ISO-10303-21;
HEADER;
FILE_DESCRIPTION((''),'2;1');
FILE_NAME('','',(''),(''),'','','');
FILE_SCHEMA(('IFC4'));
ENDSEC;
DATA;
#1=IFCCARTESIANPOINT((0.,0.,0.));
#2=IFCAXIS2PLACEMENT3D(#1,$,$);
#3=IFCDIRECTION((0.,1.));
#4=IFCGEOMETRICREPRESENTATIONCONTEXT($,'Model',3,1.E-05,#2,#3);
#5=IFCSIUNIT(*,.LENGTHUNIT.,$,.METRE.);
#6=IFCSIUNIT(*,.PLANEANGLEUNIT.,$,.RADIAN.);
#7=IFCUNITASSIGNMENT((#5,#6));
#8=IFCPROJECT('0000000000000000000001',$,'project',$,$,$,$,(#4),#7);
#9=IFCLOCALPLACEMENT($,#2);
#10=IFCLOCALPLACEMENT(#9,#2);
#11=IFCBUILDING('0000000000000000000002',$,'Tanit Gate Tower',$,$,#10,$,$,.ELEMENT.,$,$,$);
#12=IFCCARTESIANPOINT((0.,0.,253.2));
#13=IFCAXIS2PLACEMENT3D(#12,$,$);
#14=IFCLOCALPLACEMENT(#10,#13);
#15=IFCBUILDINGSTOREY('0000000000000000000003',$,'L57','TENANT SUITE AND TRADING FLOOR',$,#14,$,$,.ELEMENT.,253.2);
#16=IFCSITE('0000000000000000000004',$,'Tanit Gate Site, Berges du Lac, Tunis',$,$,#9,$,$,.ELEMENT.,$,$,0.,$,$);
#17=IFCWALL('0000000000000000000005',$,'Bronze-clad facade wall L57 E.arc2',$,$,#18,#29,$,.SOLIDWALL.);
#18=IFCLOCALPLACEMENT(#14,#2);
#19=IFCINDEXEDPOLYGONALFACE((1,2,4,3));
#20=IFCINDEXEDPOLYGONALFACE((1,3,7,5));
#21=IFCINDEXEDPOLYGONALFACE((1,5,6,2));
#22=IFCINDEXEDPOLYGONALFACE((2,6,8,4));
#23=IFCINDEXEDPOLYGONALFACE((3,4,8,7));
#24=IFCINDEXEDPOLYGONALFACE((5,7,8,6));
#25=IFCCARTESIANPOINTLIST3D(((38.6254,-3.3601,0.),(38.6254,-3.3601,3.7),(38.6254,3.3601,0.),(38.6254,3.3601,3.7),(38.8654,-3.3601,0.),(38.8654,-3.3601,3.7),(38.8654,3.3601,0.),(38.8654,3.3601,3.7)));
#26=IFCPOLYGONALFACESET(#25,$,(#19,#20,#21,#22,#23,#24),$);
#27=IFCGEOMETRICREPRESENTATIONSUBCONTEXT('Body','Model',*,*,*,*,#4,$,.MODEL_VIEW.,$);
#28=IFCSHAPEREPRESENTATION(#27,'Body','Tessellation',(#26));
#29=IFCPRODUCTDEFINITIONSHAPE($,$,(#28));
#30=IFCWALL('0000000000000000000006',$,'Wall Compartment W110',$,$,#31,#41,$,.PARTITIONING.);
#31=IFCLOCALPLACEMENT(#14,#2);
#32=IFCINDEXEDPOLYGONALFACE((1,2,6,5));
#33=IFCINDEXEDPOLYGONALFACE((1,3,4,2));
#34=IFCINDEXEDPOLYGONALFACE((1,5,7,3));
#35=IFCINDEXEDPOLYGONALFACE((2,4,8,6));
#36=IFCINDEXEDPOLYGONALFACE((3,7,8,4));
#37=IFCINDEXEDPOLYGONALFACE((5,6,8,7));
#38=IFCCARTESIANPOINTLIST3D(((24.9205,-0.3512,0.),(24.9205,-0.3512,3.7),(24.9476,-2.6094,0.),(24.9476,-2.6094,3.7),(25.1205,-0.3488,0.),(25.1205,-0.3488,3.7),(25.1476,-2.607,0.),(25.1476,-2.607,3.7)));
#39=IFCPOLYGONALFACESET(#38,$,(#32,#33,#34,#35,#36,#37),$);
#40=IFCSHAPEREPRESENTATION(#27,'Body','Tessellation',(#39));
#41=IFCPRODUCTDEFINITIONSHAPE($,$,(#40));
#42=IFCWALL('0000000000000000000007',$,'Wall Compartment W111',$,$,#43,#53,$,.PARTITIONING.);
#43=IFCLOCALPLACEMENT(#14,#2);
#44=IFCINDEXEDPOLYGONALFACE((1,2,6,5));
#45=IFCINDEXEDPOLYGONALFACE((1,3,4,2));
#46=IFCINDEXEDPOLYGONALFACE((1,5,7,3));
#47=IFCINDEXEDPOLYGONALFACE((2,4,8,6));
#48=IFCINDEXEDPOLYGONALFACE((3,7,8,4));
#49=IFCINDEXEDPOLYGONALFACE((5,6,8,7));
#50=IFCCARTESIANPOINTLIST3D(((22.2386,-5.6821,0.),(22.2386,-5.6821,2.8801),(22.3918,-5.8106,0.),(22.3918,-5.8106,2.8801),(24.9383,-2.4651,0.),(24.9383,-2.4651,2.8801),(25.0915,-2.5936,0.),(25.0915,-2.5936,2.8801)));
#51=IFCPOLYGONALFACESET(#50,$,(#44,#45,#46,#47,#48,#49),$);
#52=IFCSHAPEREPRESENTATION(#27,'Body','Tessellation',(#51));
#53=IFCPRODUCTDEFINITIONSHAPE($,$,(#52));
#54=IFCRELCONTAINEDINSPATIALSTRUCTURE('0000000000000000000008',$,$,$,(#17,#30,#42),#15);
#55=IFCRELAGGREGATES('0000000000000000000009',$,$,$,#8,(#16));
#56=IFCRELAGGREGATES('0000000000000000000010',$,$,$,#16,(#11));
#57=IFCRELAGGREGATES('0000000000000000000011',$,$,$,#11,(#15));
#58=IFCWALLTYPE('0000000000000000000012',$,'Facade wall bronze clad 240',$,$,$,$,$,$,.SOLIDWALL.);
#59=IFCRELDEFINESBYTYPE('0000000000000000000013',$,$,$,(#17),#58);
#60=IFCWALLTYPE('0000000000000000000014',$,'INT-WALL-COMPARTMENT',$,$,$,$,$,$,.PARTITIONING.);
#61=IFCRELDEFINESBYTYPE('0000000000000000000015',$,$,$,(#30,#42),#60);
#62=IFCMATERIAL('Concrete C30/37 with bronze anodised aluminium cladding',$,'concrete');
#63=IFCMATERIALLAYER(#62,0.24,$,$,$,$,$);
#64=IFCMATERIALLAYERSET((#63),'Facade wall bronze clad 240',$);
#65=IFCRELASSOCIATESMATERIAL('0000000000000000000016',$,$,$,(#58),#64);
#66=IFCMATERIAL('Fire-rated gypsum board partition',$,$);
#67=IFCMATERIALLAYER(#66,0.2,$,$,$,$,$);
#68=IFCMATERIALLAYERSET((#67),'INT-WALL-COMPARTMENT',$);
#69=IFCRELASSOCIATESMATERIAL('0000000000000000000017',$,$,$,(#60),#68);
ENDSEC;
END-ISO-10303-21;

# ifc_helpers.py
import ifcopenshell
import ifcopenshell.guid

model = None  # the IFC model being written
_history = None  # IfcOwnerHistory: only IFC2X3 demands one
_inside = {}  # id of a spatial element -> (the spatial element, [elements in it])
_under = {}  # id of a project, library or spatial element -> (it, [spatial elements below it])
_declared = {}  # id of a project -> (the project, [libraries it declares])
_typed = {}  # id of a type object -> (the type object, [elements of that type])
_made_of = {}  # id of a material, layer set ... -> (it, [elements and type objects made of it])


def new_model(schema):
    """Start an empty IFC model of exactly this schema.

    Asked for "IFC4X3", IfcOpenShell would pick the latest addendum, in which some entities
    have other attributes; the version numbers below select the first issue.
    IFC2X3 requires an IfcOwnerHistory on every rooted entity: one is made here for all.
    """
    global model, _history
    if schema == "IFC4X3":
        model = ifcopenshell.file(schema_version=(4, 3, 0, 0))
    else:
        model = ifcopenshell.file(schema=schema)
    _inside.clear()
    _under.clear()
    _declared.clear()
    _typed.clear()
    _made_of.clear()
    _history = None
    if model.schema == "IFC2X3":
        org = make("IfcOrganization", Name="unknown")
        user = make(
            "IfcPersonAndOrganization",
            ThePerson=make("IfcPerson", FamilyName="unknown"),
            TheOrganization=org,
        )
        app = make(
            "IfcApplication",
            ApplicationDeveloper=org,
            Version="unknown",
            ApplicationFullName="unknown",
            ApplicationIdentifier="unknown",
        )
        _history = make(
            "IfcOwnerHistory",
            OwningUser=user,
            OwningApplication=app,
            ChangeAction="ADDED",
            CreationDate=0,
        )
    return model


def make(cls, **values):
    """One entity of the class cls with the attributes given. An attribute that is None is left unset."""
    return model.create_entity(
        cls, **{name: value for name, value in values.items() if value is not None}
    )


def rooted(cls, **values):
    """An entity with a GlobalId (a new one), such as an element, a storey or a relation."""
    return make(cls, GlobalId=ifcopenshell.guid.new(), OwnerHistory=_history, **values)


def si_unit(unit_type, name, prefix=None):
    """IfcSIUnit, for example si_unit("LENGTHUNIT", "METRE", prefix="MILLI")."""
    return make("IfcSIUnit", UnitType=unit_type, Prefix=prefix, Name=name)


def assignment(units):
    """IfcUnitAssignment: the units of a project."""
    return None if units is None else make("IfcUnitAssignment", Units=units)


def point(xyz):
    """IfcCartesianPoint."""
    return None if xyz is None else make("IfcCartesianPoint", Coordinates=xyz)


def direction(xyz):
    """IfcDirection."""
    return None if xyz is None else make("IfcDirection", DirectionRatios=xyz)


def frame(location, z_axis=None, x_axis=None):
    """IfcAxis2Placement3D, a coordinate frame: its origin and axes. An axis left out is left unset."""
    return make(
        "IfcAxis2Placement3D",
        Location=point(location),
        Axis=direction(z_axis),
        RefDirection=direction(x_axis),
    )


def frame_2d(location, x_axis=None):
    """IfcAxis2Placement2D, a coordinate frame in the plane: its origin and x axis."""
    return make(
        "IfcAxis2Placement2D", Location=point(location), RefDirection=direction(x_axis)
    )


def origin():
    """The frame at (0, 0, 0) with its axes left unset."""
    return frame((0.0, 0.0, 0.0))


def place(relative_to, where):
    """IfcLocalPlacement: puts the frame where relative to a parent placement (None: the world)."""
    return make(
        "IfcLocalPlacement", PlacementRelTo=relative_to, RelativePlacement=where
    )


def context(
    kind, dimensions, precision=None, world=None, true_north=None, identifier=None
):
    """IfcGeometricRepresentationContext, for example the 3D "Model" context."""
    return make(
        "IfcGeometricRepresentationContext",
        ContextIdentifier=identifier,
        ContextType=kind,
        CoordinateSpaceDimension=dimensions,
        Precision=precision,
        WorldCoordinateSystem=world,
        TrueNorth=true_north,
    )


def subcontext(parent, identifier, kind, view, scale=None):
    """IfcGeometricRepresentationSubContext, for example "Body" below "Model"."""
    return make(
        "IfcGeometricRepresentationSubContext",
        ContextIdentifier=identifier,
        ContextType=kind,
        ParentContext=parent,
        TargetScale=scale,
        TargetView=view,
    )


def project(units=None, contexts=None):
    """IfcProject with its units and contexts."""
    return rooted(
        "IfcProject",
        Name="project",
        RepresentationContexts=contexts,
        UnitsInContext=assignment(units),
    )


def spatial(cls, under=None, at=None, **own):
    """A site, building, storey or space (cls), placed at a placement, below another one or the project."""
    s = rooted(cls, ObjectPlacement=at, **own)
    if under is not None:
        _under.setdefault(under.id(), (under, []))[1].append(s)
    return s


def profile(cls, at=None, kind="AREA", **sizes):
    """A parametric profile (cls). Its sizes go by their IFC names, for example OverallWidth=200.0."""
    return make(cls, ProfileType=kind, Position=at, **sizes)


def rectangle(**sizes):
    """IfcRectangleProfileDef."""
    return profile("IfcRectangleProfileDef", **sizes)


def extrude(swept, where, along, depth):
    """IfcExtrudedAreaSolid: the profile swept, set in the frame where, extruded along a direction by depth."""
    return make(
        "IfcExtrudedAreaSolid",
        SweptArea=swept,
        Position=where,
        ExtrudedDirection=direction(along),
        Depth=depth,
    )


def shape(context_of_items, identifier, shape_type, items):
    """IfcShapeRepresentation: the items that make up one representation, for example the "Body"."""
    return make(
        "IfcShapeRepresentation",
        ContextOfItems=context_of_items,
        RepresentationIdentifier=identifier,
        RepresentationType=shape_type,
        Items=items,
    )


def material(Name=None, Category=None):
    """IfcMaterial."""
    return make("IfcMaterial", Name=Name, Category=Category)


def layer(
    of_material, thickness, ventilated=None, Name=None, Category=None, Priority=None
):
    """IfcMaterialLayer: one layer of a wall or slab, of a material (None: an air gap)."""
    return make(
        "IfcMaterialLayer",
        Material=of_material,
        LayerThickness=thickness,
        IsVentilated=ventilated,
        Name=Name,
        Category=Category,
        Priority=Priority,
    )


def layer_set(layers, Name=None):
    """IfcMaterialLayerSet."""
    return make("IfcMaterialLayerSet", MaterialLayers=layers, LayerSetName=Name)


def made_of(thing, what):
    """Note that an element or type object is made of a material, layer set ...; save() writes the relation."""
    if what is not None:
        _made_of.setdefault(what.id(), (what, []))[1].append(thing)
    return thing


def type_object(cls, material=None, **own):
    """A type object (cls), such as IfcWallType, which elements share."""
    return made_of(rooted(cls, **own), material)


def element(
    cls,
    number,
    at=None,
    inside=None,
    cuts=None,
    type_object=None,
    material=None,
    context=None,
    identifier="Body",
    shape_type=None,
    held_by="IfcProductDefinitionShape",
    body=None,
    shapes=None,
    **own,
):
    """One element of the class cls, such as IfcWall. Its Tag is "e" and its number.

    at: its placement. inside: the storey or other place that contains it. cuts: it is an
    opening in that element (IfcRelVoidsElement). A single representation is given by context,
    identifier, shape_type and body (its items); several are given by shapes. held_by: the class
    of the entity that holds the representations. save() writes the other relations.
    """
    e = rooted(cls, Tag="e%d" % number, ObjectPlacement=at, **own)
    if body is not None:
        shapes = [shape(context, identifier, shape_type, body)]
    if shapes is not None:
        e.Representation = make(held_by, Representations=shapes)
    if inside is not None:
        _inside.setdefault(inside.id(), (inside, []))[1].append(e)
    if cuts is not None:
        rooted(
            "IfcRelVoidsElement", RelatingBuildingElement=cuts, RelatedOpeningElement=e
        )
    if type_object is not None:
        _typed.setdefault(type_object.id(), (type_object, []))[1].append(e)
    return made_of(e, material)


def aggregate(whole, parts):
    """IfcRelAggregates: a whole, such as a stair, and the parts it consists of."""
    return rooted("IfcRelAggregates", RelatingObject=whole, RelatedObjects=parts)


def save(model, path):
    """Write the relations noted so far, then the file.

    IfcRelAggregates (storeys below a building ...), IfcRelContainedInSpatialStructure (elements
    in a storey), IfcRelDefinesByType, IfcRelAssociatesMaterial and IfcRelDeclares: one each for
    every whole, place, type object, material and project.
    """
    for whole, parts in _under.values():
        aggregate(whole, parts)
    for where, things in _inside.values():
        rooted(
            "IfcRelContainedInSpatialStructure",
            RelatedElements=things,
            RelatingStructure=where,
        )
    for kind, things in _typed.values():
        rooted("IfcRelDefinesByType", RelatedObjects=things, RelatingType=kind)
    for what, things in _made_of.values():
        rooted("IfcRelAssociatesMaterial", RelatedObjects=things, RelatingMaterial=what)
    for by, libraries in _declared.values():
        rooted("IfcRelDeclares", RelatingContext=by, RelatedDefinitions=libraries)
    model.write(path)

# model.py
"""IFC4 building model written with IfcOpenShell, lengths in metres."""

from ifc_helpers import new_model, si_unit, direction, frame, frame_2d, origin, place, context, subcontext, project, spatial, rectangle, extrude, material, layer, layer_set, type_object, element, save


model = new_model("IFC4")

# Units and contexts
model_context = context("Model", 3, precision=1e-05, world=origin(), true_north=direction((0.0, 1.0)))
body_context = subcontext(model_context, "Body", "Model", "MODEL_VIEW")
ifc_project = project(units=[si_unit("LENGTHUNIT", "METRE"), si_unit("PLANEANGLEUNIT", "RADIAN")], contexts=[model_context])

# Site, building, storey
site_placement = place(None, origin())
site = spatial("IfcSite", under=ifc_project, at=site_placement, Name="Tanit Gate Site, Berges du Lac, Tunis", CompositionType="ELEMENT", RefElevation=0.0)
building_placement = place(site_placement, origin())
building = spatial("IfcBuilding", under=site, at=building_placement, Name="Tanit Gate Tower", CompositionType="ELEMENT")
storey_placement = place(building_placement, frame((0.0, 0.0, 253.2)))
storey = spatial("IfcBuildingStorey", under=building, at=storey_placement, Name="L57", Description="TENANT SUITE AND TRADING FLOOR", CompositionType="ELEMENT", Elevation=253.2)

# Walls
ifc_material_1 = material(Name="Concrete C30/37 with bronze anodised aluminium cladding", Category="concrete")
ifc_layer_1 = layer(ifc_material_1, 0.24)
ifc_layer_set_1 = layer_set([ifc_layer_1], Name="Facade wall bronze clad 240")
wall_type_1 = type_object("IfcWallType", Name="Facade wall bronze clad 240", PredefinedType="SOLIDWALL", material=ifc_layer_set_1)
wall_1_placement = place(storey_placement, frame((38.7454, -3.3601, 0.0), z_axis=(0.0, 0.0, 1.0), x_axis=(0.0, 1.0, 0.0)))
element("IfcWall", 1, at=wall_1_placement, inside=storey, type_object=wall_type_1, Name="Bronze-clad facade wall L57 E.arc2", PredefinedType="SOLIDWALL", context=body_context, shape_type="SweptSolid", body=[
    extrude(rectangle(XDim=6.7202, YDim=0.24, at=frame_2d((3.3601, 0.0))), origin(), (0.0, 0.0, 1.0), 3.7),
])
ifc_material_2 = material(Name="Fire-rated gypsum board partition")
ifc_layer_2 = layer(ifc_material_2, 0.2)
ifc_layer_set_2 = layer_set([ifc_layer_2], Name="INT-WALL-COMPARTMENT")
wall_type_2 = type_object("IfcWallType", Name="INT-WALL-COMPARTMENT", PredefinedType="PARTITIONING", material=ifc_layer_set_2)
wall_2_placement = place(storey_placement, frame((25.0476, -2.6082, 0.0), z_axis=(0.0, 0.0, 1.0), x_axis=(-0.012, 0.999928, 0.0)))
element("IfcWall", 2, at=wall_2_placement, inside=storey, type_object=wall_type_2, Name="Wall Compartment W110", PredefinedType="PARTITIONING", context=body_context, shape_type="SweptSolid", body=[
    extrude(rectangle(XDim=2.2583, YDim=0.2, at=frame_2d((1.1292, 0.0))), origin(), (0.0, 0.0, 1.0), 3.7),
])
wall_3_placement = place(storey_placement, frame((22.3152, -5.7463, 0.0), z_axis=(0.0, 0.0, 1.0), x_axis=(0.642828, 0.766011, 0.0)))
element("IfcWall", 3, at=wall_3_placement, inside=storey, type_object=wall_type_2, Name="Wall Compartment W111", PredefinedType="PARTITIONING", context=body_context, shape_type="SweptSolid", body=[
    extrude(rectangle(XDim=4.1997, YDim=0.2, at=frame_2d((2.0999, 0.0))), origin(), (0.0, 0.0, 1.0), 2.8801),
])

save(model, "model.ifc")
